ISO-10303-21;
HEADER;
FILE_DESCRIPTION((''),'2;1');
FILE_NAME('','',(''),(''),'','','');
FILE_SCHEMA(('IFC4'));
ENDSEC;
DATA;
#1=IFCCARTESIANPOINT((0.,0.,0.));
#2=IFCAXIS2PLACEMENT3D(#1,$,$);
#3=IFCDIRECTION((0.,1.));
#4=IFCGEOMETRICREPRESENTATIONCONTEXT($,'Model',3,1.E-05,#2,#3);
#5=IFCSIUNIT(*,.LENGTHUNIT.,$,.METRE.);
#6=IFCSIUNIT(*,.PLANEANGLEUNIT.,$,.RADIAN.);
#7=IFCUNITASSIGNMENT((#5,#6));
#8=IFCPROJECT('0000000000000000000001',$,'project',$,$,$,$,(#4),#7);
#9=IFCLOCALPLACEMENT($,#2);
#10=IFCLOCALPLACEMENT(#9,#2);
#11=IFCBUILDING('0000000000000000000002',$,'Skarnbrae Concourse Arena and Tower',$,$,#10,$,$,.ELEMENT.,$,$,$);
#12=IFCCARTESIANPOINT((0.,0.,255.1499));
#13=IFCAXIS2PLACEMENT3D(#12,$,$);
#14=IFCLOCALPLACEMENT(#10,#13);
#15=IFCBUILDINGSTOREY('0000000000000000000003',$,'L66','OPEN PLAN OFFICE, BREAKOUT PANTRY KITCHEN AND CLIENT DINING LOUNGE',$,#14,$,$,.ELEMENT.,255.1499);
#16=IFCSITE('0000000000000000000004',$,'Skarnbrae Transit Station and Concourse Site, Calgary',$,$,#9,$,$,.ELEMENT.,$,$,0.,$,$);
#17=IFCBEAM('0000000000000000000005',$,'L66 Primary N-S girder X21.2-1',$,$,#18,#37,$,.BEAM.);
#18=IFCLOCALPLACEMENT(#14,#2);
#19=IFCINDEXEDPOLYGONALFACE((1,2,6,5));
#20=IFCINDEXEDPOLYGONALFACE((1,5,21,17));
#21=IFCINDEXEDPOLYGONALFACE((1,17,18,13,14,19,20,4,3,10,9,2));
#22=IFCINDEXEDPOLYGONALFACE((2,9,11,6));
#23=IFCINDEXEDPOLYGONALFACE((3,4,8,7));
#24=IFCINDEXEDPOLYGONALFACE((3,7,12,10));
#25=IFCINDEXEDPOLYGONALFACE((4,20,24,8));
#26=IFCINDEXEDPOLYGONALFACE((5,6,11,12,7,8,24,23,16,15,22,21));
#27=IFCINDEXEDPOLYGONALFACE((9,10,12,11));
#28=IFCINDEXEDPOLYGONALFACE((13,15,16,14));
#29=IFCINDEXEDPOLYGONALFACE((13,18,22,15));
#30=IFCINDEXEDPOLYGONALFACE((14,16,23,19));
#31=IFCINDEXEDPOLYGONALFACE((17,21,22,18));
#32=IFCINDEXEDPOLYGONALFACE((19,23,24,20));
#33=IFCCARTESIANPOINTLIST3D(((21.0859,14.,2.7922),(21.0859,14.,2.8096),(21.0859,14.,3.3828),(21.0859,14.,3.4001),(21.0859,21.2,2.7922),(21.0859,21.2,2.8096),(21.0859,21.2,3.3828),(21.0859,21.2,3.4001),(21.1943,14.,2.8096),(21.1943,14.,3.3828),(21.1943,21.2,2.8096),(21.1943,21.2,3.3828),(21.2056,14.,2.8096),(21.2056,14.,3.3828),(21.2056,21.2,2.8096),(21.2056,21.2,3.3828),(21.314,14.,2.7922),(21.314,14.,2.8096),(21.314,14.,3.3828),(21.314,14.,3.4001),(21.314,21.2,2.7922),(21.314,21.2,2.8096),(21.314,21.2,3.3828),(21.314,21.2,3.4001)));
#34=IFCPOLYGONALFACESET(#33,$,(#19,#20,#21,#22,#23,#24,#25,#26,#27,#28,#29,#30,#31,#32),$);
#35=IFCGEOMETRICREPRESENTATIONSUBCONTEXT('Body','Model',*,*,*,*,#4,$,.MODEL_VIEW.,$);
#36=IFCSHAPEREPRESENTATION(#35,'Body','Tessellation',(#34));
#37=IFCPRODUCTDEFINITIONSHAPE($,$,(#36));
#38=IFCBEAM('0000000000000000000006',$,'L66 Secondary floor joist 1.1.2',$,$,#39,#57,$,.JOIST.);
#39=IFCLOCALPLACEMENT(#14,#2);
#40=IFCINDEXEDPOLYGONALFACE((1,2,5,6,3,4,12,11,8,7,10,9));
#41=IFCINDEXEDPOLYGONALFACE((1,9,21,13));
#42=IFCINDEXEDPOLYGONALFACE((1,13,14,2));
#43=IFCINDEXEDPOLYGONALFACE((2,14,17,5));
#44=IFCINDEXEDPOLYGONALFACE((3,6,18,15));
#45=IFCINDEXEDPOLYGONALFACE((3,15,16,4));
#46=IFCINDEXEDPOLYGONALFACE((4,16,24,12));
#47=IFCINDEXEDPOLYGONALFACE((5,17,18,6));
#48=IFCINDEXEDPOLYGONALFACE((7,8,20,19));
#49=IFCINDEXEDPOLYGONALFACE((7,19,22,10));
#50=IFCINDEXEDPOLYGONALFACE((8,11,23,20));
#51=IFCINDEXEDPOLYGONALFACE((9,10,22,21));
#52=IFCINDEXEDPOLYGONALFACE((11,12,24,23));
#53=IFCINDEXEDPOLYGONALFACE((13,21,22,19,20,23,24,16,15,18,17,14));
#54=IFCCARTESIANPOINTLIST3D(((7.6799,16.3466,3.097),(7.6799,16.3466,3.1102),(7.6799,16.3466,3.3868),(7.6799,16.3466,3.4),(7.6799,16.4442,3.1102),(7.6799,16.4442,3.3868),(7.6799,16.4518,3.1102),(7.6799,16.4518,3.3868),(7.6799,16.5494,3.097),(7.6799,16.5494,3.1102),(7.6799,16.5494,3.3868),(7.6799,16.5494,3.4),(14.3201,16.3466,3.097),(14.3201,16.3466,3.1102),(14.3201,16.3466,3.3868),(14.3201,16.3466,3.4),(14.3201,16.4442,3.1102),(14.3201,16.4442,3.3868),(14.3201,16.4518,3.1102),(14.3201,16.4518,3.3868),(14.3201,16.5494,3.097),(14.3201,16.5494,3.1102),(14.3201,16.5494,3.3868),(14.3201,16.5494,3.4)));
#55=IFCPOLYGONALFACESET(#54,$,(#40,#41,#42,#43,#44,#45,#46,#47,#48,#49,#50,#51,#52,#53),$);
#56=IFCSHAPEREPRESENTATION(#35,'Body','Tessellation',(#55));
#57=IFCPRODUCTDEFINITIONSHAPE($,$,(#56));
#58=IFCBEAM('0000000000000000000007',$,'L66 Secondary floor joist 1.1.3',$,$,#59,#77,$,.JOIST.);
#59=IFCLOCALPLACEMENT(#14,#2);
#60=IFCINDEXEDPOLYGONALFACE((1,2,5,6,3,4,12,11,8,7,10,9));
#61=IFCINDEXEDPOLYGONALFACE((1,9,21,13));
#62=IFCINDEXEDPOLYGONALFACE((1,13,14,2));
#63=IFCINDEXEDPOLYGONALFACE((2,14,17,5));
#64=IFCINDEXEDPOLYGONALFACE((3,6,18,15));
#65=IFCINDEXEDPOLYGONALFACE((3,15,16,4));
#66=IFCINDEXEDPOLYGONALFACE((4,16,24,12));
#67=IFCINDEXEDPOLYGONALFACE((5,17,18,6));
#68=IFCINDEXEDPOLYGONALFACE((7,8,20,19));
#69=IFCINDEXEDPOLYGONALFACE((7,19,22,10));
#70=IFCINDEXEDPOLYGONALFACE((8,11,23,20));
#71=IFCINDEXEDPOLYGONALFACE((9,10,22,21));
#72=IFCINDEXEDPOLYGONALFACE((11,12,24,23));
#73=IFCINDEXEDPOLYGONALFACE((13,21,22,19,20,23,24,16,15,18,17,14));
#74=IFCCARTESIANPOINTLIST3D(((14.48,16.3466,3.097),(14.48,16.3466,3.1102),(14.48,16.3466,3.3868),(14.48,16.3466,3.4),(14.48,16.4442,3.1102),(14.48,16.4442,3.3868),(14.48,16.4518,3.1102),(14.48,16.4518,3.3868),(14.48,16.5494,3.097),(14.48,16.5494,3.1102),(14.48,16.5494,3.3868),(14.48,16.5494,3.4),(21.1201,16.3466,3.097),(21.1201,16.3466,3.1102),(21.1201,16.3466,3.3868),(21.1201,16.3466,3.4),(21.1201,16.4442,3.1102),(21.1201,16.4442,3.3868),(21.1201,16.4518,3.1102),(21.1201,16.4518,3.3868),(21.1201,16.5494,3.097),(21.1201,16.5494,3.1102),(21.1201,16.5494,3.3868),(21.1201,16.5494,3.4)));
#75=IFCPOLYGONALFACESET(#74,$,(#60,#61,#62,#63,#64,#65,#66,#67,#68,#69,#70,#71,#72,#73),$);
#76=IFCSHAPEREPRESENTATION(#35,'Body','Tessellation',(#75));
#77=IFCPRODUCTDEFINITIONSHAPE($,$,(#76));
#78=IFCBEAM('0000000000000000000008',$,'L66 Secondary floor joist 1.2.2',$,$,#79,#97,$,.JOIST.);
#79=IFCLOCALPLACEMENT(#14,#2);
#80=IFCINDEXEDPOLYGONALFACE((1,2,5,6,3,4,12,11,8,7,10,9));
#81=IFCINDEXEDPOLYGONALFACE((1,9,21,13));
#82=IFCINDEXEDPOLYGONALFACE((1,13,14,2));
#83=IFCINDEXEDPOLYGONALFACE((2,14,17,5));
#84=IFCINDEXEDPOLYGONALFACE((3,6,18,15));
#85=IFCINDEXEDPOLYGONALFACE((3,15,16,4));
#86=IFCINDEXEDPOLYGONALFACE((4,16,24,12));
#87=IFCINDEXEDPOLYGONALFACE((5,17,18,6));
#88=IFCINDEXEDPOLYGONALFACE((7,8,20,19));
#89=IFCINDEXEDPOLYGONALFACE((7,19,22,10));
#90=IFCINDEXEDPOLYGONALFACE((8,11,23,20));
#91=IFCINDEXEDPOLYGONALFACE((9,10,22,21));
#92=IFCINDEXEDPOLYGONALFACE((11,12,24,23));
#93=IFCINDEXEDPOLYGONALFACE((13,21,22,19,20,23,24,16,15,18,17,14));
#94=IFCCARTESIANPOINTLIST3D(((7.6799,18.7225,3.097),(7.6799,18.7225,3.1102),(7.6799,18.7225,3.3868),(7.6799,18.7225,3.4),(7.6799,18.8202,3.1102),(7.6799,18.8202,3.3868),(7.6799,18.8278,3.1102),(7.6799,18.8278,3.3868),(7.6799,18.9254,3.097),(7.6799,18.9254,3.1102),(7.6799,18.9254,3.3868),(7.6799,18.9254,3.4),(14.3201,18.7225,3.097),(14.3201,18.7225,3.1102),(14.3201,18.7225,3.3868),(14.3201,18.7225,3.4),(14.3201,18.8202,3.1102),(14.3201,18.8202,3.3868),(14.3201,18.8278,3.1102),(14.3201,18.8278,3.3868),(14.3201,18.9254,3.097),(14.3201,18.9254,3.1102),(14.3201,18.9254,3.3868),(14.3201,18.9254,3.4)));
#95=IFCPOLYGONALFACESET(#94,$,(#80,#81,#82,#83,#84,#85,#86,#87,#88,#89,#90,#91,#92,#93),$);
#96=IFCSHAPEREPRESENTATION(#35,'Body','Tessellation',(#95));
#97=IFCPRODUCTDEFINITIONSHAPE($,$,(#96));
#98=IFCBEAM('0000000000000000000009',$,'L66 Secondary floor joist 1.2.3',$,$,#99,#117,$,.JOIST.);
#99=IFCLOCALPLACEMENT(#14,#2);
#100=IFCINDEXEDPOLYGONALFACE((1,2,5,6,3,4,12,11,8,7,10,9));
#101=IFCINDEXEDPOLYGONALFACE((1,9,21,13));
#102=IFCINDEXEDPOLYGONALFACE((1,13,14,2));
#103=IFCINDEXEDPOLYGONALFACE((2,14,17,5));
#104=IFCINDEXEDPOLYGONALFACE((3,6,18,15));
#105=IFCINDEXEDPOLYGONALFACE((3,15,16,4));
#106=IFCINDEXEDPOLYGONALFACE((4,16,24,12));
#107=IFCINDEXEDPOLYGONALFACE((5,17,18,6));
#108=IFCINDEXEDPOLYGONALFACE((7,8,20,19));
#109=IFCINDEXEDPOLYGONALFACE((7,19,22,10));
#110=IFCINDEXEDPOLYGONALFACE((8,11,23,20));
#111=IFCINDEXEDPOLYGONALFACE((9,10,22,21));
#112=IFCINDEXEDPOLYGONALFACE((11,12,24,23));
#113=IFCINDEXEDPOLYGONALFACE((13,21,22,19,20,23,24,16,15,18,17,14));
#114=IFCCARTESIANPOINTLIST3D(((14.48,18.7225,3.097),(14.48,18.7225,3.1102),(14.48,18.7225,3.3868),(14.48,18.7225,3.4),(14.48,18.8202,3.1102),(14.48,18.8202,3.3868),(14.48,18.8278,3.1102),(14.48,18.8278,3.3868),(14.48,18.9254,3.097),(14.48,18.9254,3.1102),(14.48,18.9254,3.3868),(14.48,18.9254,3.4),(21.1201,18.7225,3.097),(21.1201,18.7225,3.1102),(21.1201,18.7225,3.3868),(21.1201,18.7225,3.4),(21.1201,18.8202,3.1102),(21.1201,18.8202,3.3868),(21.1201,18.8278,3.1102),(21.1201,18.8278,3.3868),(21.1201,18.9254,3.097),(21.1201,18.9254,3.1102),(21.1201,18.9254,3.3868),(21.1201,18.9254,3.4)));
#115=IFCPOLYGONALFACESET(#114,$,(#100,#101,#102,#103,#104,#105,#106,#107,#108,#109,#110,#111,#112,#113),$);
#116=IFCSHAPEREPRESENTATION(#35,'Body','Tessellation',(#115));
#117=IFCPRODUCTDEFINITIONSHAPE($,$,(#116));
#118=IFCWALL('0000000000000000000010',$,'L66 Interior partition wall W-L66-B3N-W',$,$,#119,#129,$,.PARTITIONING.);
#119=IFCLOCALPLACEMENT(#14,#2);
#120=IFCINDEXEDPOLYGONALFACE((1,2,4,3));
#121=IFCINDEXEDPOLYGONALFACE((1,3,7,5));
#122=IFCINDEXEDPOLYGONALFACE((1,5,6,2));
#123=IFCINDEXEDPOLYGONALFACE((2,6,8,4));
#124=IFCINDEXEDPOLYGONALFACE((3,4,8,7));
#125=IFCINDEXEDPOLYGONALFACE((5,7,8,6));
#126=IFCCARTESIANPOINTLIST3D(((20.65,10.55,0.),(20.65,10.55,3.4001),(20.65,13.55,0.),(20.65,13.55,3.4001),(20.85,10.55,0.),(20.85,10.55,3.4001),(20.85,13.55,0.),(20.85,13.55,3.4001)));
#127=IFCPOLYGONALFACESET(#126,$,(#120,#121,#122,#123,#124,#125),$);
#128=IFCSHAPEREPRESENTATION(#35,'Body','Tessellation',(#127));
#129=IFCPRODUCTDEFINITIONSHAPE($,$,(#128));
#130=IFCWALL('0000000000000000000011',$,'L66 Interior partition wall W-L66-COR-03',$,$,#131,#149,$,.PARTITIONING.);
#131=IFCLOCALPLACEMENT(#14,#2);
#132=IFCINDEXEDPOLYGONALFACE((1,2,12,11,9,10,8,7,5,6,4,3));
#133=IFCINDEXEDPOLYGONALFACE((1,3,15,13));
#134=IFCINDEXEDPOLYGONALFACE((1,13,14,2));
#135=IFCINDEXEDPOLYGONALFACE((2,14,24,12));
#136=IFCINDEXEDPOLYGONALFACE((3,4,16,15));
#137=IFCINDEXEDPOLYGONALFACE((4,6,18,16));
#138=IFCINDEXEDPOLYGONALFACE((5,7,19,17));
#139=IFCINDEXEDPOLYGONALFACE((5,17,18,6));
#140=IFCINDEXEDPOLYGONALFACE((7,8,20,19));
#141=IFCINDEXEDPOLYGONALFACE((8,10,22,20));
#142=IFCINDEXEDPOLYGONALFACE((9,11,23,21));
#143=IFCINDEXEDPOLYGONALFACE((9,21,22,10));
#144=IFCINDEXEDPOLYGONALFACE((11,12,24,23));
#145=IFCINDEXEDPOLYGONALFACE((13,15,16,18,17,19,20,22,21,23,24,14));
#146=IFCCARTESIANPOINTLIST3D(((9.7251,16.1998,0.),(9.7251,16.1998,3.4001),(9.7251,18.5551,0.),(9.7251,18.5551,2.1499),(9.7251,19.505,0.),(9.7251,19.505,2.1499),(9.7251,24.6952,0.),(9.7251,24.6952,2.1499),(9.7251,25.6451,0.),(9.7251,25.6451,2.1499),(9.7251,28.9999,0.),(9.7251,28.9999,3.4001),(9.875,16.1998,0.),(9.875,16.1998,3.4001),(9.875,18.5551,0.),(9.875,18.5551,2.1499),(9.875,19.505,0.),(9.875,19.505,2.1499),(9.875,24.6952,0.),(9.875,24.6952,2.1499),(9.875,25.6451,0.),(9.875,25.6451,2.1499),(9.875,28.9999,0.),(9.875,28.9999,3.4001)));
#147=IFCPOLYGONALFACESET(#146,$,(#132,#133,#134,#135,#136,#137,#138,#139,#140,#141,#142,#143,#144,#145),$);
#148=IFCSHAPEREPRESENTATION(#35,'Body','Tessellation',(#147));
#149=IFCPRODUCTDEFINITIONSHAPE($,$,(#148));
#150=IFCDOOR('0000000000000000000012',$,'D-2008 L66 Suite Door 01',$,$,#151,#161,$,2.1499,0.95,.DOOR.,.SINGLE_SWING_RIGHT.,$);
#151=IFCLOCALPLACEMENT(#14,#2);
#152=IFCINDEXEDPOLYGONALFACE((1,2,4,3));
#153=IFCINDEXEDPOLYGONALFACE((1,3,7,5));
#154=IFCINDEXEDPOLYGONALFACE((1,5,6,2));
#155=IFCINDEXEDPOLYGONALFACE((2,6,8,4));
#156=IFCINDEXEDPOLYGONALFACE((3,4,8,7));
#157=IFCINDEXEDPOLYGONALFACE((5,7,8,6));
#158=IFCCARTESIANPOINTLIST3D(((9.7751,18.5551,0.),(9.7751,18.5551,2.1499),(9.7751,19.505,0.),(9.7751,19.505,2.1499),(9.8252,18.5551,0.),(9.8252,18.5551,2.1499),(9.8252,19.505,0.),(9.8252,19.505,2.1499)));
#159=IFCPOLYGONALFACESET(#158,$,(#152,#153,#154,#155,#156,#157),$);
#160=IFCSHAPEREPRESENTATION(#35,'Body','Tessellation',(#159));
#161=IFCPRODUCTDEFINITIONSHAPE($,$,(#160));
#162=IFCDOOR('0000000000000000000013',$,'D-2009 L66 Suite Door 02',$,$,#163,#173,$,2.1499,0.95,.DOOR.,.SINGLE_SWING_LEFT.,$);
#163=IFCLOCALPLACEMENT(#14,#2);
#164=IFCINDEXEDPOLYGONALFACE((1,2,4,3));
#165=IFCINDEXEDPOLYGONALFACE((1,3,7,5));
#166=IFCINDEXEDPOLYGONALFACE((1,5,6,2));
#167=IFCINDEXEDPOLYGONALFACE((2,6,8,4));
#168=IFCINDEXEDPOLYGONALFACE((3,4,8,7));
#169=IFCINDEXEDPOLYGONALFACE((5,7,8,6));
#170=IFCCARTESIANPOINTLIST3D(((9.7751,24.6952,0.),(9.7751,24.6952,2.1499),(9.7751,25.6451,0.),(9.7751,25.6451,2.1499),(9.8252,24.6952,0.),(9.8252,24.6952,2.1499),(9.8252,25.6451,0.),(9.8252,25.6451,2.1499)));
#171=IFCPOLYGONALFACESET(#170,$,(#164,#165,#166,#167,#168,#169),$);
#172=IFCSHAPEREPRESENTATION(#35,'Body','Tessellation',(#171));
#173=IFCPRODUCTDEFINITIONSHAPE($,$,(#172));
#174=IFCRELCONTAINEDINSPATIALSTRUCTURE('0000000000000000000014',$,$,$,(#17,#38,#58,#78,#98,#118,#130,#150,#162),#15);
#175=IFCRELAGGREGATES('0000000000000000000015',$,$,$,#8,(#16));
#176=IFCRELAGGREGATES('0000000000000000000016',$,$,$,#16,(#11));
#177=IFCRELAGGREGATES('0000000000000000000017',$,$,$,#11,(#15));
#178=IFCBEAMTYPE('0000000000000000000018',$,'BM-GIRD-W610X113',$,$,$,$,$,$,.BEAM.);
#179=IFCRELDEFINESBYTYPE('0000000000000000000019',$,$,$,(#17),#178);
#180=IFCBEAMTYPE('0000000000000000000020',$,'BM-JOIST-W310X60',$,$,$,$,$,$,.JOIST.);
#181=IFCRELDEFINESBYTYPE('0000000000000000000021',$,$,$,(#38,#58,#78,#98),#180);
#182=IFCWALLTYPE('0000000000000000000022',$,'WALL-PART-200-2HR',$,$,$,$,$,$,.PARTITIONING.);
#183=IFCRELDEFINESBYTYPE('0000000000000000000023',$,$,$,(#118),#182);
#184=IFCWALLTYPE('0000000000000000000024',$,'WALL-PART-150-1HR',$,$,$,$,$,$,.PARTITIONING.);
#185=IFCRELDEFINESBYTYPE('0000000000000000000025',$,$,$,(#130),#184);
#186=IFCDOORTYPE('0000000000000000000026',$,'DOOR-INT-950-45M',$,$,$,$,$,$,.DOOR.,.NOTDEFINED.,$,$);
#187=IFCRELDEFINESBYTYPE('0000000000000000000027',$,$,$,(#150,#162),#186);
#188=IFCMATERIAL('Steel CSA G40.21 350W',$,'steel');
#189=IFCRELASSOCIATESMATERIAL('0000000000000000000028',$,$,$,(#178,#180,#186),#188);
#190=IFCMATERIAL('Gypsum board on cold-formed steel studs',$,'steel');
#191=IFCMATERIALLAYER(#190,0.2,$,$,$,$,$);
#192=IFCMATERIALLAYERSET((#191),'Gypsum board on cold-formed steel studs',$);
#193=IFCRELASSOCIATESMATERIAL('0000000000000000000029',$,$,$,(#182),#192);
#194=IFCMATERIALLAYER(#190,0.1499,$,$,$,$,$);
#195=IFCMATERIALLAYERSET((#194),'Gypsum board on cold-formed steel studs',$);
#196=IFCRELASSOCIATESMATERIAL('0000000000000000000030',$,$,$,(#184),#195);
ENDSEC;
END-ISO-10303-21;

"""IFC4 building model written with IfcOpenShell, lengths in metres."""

from ifc_helpers import new_model, si_unit, direction, frame, frame_2d, origin, origin_2d, place, context, subcontext, project, spatial, rectangle, i_section, extrude, source, transform, mapped, material, layer, layer_set, material_profile, profile_set, type_object, element, fill, save


model = new_model("IFC4")

# Units and contexts
model_context = context("Model", 3, precision=1e-05, world=origin(), true_north=direction((0.0, 1.0)))
body_context = subcontext(model_context, "Body", "Model", "MODEL_VIEW")
ifc_project = project(units=[si_unit("LENGTHUNIT", "METRE"), si_unit("PLANEANGLEUNIT", "RADIAN")], contexts=[model_context])

# Site, building, storey
site_placement = place(None, origin())
site = spatial("IfcSite", under=ifc_project, at=site_placement, Name="Skarnbrae Transit Station and Concourse Site, Calgary", CompositionType="ELEMENT", RefElevation=0.0)
building_placement = place(site_placement, origin())
building = spatial("IfcBuilding", under=site, at=building_placement, Name="Skarnbrae Concourse Arena and Tower", CompositionType="ELEMENT")
storey_placement = place(building_placement, frame((0.0, 0.0, 255.1499)))
storey = spatial("IfcBuildingStorey", under=building, at=storey_placement, Name="L66", Description="OPEN PLAN OFFICE, BREAKOUT PANTRY KITCHEN AND CLIENT DINING LOUNGE", CompositionType="ELEMENT", Elevation=255.1499)

# Shared definitions
ifc_material_1 = material(Name="Steel CSA G40.21 350W", Category="steel")

# Beams
ifc_material_profile_1 = material_profile(ifc_material_1, i_section(OverallWidth=0.228, OverallDepth=0.6079, WebThickness=0.0112, FlangeThickness=0.0173, at=origin_2d()), Name="W610X113")
ifc_profile_set_1 = profile_set([ifc_material_profile_1], Name="Steel CSA G40.21 350W")
beam_type_1 = type_object("IfcBeamType", Name="BM-GIRD-W610X113", PredefinedType="BEAM", material=ifc_profile_set_1)
shared_shape_1 = source(origin(), body_context, "Body", "SweptSolid", [
    extrude(i_section(OverallWidth=0.228, OverallDepth=0.6079, WebThickness=0.0112, FlangeThickness=0.0173, at=origin_2d()), origin(), (0.0, 0.0, 1.0), 7.2),
])
for number, where, z_axis, x_axis, name in (
    (1, (21.2, 14.0, 3.0962), (0.0, 1.0, 0.0), (-1.0, 0.0, 0.0), "L66 Primary N-S girder X21.2-1"),
):
    element("IfcBeam", number, at=place(storey_placement, frame(where, z_axis=z_axis, x_axis=x_axis)), inside=storey, type_object=beam_type_1, Name=name, PredefinedType="BEAM", context=body_context, shape_type="MappedRepresentation", body=[
        mapped(shared_shape_1, transform((0.0, 0.0, 0.0))),
    ])
ifc_material_profile_2 = material_profile(ifc_material_1, i_section(OverallWidth=0.2029, OverallDepth=0.303, WebThickness=0.0076, FlangeThickness=0.0132, at=origin_2d()), Name="W310X60")
ifc_profile_set_2 = profile_set([ifc_material_profile_2], Name="Steel CSA G40.21 350W")
beam_type_2 = type_object("IfcBeamType", Name="BM-JOIST-W310X60", PredefinedType="JOIST", material=ifc_profile_set_2)
shared_shape_2 = source(origin(), body_context, "Body", "SweptSolid", [
    extrude(i_section(OverallWidth=0.2029, OverallDepth=0.303, WebThickness=0.0076, FlangeThickness=0.0132, at=origin_2d()), origin(), (0.0, 0.0, 1.0), 6.6401),
])
for number, where, z_axis, x_axis, name in (
    (2, (7.6799, 16.448, 3.2485), (1.0, 0.0, 0.0), (0.0, 1.0, 0.0), "L66 Secondary floor joist 1.1.2"),
    (3, (14.48, 16.448, 3.2485), (1.0, 0.0, 0.0), (0.0, 1.0, 0.0), "L66 Secondary floor joist 1.1.3"),
    (4, (7.6799, 18.824, 3.2485), (1.0, 0.0, 0.0), (0.0, 1.0, 0.0), "L66 Secondary floor joist 1.2.2"),
    (5, (14.48, 18.824, 3.2485), (1.0, 0.0, 0.0), (0.0, 1.0, 0.0), "L66 Secondary floor joist 1.2.3"),
):
    element("IfcBeam", number, at=place(storey_placement, frame(where, z_axis=z_axis, x_axis=x_axis)), inside=storey, type_object=beam_type_2, Name=name, PredefinedType="JOIST", context=body_context, shape_type="MappedRepresentation", body=[
        mapped(shared_shape_2, transform((0.0, 0.0, 0.0))),
    ])

# Wall
ifc_material_2 = material(Name="Gypsum board on cold-formed steel studs", Category="steel")
ifc_layer_1 = layer(ifc_material_2, 0.2)
ifc_layer_set_1 = layer_set([ifc_layer_1], Name="Gypsum board on cold-formed steel studs")
wall_type_1 = type_object("IfcWallType", Name="WALL-PART-200-2HR", PredefinedType="PARTITIONING", material=ifc_layer_set_1)
shared_shape_3 = source(origin(), body_context, "Body", "SweptSolid", [
    extrude(rectangle(XDim=3.0, YDim=0.2, at=frame_2d((1.5, 0.0))), origin(), (0.0, 0.0, 1.0), 3.4001),
])
wall_1_placement = place(storey_placement, frame((20.75, 10.55, 0.0), z_axis=(0.0, 0.0, 1.0), x_axis=(0.0, 1.0, 0.0)))
element("IfcWall", 6, at=wall_1_placement, inside=storey, type_object=wall_type_1, Name="L66 Interior partition wall W-L66-B3N-W", PredefinedType="PARTITIONING", context=body_context, shape_type="MappedRepresentation", body=[
    mapped(shared_shape_3, transform((0.0, 0.0, 0.0))),
])

# Wall, openings, doors
ifc_layer_2 = layer(ifc_material_2, 0.1499)
ifc_layer_set_2 = layer_set([ifc_layer_2], Name="Gypsum board on cold-formed steel studs")
wall_type_2 = type_object("IfcWallType", Name="WALL-PART-150-1HR", PredefinedType="PARTITIONING", material=ifc_layer_set_2)
shared_shape_4 = source(origin(), body_context, "Body", "SweptSolid", [
    extrude(rectangle(XDim=12.8, YDim=0.1499, at=frame_2d((6.3999, 0.0))), origin(), (0.0, 0.0, 1.0), 3.4001),
])
wall_2_placement = place(storey_placement, frame((9.8, 16.2, 0.0), z_axis=(0.0, 0.0, 1.0), x_axis=(0.0, 1.0, 0.0)))
wall_2 = element("IfcWall", 7, at=wall_2_placement, inside=storey, type_object=wall_type_2, Name="L66 Interior partition wall W-L66-COR-03", PredefinedType="PARTITIONING", context=body_context, shape_type="MappedRepresentation", body=[
    mapped(shared_shape_4, transform((0.0, 0.0, 0.0))),
])
opening_1_placement = place(wall_2_placement, frame((2.355, 0.0, 0.0)))
opening_1 = element("IfcOpeningElement", 8, at=opening_1_placement, cuts=wall_2, PredefinedType="OPENING", context=body_context, shape_type="SweptSolid", body=[
    extrude(rectangle(XDim=0.95, YDim=2.1499, at=frame_2d((0.4751, 1.075))), frame((0.0, 0.085, 0.0), z_axis=(0.0, -1.0, 0.0), x_axis=(1.0, 0.0, 0.0)), (0.0, 0.0, 1.0), 0.1699),
])
opening_2_placement = place(wall_2_placement, frame((8.4951, 0.0, 0.0)))
opening_2 = element("IfcOpeningElement", 9, at=opening_2_placement, cuts=wall_2, PredefinedType="OPENING", context=body_context, shape_type="SweptSolid", body=[
    extrude(rectangle(XDim=0.95, YDim=2.1499, at=frame_2d((0.4751, 1.075))), frame((0.0, 0.085, 0.0), z_axis=(0.0, -1.0, 0.0), x_axis=(1.0, 0.0, 0.0)), (0.0, 0.0, 1.0), 0.1699),
])
door_type_1 = type_object("IfcDoorType", Name="DOOR-INT-950-45M", OperationType="NOTDEFINED", PredefinedType="DOOR", material=ifc_material_1)
shared_shape_5 = source(origin(), body_context, "Body", "SweptSolid", [
    extrude(rectangle(XDim=0.95, YDim=2.1499, at=frame_2d((0.4751, 1.075))), frame((0.0, 0.0249, 0.0), z_axis=(0.0, -1.0, 0.0), x_axis=(1.0, 0.0, 0.0)), (0.0, 0.0, 1.0), 0.05),
])
door_1_placement = place(opening_1_placement, origin())
door_1 = element("IfcDoor", 10, at=door_1_placement, inside=storey, type_object=door_type_1, Name="D-2008 L66 Suite Door 01", OperationType="SINGLE_SWING_RIGHT", OverallHeight=2.1499, OverallWidth=0.95, PredefinedType="DOOR", context=body_context, shape_type="MappedRepresentation", body=[
    mapped(shared_shape_5, transform((0.0, 0.0, 0.0))),
])
fill(opening_1, door_1)
door_2_placement = place(opening_2_placement, origin())
door_2 = element("IfcDoor", 11, at=door_2_placement, inside=storey, type_object=door_type_1, Name="D-2009 L66 Suite Door 02", OperationType="SINGLE_SWING_LEFT", OverallHeight=2.1499, OverallWidth=0.95, PredefinedType="DOOR", context=body_context, shape_type="MappedRepresentation", body=[
    mapped(shared_shape_5, transform((0.0, 0.0, 0.0))),
])
fill(opening_2, door_2)

save(model, "model.ifc")
